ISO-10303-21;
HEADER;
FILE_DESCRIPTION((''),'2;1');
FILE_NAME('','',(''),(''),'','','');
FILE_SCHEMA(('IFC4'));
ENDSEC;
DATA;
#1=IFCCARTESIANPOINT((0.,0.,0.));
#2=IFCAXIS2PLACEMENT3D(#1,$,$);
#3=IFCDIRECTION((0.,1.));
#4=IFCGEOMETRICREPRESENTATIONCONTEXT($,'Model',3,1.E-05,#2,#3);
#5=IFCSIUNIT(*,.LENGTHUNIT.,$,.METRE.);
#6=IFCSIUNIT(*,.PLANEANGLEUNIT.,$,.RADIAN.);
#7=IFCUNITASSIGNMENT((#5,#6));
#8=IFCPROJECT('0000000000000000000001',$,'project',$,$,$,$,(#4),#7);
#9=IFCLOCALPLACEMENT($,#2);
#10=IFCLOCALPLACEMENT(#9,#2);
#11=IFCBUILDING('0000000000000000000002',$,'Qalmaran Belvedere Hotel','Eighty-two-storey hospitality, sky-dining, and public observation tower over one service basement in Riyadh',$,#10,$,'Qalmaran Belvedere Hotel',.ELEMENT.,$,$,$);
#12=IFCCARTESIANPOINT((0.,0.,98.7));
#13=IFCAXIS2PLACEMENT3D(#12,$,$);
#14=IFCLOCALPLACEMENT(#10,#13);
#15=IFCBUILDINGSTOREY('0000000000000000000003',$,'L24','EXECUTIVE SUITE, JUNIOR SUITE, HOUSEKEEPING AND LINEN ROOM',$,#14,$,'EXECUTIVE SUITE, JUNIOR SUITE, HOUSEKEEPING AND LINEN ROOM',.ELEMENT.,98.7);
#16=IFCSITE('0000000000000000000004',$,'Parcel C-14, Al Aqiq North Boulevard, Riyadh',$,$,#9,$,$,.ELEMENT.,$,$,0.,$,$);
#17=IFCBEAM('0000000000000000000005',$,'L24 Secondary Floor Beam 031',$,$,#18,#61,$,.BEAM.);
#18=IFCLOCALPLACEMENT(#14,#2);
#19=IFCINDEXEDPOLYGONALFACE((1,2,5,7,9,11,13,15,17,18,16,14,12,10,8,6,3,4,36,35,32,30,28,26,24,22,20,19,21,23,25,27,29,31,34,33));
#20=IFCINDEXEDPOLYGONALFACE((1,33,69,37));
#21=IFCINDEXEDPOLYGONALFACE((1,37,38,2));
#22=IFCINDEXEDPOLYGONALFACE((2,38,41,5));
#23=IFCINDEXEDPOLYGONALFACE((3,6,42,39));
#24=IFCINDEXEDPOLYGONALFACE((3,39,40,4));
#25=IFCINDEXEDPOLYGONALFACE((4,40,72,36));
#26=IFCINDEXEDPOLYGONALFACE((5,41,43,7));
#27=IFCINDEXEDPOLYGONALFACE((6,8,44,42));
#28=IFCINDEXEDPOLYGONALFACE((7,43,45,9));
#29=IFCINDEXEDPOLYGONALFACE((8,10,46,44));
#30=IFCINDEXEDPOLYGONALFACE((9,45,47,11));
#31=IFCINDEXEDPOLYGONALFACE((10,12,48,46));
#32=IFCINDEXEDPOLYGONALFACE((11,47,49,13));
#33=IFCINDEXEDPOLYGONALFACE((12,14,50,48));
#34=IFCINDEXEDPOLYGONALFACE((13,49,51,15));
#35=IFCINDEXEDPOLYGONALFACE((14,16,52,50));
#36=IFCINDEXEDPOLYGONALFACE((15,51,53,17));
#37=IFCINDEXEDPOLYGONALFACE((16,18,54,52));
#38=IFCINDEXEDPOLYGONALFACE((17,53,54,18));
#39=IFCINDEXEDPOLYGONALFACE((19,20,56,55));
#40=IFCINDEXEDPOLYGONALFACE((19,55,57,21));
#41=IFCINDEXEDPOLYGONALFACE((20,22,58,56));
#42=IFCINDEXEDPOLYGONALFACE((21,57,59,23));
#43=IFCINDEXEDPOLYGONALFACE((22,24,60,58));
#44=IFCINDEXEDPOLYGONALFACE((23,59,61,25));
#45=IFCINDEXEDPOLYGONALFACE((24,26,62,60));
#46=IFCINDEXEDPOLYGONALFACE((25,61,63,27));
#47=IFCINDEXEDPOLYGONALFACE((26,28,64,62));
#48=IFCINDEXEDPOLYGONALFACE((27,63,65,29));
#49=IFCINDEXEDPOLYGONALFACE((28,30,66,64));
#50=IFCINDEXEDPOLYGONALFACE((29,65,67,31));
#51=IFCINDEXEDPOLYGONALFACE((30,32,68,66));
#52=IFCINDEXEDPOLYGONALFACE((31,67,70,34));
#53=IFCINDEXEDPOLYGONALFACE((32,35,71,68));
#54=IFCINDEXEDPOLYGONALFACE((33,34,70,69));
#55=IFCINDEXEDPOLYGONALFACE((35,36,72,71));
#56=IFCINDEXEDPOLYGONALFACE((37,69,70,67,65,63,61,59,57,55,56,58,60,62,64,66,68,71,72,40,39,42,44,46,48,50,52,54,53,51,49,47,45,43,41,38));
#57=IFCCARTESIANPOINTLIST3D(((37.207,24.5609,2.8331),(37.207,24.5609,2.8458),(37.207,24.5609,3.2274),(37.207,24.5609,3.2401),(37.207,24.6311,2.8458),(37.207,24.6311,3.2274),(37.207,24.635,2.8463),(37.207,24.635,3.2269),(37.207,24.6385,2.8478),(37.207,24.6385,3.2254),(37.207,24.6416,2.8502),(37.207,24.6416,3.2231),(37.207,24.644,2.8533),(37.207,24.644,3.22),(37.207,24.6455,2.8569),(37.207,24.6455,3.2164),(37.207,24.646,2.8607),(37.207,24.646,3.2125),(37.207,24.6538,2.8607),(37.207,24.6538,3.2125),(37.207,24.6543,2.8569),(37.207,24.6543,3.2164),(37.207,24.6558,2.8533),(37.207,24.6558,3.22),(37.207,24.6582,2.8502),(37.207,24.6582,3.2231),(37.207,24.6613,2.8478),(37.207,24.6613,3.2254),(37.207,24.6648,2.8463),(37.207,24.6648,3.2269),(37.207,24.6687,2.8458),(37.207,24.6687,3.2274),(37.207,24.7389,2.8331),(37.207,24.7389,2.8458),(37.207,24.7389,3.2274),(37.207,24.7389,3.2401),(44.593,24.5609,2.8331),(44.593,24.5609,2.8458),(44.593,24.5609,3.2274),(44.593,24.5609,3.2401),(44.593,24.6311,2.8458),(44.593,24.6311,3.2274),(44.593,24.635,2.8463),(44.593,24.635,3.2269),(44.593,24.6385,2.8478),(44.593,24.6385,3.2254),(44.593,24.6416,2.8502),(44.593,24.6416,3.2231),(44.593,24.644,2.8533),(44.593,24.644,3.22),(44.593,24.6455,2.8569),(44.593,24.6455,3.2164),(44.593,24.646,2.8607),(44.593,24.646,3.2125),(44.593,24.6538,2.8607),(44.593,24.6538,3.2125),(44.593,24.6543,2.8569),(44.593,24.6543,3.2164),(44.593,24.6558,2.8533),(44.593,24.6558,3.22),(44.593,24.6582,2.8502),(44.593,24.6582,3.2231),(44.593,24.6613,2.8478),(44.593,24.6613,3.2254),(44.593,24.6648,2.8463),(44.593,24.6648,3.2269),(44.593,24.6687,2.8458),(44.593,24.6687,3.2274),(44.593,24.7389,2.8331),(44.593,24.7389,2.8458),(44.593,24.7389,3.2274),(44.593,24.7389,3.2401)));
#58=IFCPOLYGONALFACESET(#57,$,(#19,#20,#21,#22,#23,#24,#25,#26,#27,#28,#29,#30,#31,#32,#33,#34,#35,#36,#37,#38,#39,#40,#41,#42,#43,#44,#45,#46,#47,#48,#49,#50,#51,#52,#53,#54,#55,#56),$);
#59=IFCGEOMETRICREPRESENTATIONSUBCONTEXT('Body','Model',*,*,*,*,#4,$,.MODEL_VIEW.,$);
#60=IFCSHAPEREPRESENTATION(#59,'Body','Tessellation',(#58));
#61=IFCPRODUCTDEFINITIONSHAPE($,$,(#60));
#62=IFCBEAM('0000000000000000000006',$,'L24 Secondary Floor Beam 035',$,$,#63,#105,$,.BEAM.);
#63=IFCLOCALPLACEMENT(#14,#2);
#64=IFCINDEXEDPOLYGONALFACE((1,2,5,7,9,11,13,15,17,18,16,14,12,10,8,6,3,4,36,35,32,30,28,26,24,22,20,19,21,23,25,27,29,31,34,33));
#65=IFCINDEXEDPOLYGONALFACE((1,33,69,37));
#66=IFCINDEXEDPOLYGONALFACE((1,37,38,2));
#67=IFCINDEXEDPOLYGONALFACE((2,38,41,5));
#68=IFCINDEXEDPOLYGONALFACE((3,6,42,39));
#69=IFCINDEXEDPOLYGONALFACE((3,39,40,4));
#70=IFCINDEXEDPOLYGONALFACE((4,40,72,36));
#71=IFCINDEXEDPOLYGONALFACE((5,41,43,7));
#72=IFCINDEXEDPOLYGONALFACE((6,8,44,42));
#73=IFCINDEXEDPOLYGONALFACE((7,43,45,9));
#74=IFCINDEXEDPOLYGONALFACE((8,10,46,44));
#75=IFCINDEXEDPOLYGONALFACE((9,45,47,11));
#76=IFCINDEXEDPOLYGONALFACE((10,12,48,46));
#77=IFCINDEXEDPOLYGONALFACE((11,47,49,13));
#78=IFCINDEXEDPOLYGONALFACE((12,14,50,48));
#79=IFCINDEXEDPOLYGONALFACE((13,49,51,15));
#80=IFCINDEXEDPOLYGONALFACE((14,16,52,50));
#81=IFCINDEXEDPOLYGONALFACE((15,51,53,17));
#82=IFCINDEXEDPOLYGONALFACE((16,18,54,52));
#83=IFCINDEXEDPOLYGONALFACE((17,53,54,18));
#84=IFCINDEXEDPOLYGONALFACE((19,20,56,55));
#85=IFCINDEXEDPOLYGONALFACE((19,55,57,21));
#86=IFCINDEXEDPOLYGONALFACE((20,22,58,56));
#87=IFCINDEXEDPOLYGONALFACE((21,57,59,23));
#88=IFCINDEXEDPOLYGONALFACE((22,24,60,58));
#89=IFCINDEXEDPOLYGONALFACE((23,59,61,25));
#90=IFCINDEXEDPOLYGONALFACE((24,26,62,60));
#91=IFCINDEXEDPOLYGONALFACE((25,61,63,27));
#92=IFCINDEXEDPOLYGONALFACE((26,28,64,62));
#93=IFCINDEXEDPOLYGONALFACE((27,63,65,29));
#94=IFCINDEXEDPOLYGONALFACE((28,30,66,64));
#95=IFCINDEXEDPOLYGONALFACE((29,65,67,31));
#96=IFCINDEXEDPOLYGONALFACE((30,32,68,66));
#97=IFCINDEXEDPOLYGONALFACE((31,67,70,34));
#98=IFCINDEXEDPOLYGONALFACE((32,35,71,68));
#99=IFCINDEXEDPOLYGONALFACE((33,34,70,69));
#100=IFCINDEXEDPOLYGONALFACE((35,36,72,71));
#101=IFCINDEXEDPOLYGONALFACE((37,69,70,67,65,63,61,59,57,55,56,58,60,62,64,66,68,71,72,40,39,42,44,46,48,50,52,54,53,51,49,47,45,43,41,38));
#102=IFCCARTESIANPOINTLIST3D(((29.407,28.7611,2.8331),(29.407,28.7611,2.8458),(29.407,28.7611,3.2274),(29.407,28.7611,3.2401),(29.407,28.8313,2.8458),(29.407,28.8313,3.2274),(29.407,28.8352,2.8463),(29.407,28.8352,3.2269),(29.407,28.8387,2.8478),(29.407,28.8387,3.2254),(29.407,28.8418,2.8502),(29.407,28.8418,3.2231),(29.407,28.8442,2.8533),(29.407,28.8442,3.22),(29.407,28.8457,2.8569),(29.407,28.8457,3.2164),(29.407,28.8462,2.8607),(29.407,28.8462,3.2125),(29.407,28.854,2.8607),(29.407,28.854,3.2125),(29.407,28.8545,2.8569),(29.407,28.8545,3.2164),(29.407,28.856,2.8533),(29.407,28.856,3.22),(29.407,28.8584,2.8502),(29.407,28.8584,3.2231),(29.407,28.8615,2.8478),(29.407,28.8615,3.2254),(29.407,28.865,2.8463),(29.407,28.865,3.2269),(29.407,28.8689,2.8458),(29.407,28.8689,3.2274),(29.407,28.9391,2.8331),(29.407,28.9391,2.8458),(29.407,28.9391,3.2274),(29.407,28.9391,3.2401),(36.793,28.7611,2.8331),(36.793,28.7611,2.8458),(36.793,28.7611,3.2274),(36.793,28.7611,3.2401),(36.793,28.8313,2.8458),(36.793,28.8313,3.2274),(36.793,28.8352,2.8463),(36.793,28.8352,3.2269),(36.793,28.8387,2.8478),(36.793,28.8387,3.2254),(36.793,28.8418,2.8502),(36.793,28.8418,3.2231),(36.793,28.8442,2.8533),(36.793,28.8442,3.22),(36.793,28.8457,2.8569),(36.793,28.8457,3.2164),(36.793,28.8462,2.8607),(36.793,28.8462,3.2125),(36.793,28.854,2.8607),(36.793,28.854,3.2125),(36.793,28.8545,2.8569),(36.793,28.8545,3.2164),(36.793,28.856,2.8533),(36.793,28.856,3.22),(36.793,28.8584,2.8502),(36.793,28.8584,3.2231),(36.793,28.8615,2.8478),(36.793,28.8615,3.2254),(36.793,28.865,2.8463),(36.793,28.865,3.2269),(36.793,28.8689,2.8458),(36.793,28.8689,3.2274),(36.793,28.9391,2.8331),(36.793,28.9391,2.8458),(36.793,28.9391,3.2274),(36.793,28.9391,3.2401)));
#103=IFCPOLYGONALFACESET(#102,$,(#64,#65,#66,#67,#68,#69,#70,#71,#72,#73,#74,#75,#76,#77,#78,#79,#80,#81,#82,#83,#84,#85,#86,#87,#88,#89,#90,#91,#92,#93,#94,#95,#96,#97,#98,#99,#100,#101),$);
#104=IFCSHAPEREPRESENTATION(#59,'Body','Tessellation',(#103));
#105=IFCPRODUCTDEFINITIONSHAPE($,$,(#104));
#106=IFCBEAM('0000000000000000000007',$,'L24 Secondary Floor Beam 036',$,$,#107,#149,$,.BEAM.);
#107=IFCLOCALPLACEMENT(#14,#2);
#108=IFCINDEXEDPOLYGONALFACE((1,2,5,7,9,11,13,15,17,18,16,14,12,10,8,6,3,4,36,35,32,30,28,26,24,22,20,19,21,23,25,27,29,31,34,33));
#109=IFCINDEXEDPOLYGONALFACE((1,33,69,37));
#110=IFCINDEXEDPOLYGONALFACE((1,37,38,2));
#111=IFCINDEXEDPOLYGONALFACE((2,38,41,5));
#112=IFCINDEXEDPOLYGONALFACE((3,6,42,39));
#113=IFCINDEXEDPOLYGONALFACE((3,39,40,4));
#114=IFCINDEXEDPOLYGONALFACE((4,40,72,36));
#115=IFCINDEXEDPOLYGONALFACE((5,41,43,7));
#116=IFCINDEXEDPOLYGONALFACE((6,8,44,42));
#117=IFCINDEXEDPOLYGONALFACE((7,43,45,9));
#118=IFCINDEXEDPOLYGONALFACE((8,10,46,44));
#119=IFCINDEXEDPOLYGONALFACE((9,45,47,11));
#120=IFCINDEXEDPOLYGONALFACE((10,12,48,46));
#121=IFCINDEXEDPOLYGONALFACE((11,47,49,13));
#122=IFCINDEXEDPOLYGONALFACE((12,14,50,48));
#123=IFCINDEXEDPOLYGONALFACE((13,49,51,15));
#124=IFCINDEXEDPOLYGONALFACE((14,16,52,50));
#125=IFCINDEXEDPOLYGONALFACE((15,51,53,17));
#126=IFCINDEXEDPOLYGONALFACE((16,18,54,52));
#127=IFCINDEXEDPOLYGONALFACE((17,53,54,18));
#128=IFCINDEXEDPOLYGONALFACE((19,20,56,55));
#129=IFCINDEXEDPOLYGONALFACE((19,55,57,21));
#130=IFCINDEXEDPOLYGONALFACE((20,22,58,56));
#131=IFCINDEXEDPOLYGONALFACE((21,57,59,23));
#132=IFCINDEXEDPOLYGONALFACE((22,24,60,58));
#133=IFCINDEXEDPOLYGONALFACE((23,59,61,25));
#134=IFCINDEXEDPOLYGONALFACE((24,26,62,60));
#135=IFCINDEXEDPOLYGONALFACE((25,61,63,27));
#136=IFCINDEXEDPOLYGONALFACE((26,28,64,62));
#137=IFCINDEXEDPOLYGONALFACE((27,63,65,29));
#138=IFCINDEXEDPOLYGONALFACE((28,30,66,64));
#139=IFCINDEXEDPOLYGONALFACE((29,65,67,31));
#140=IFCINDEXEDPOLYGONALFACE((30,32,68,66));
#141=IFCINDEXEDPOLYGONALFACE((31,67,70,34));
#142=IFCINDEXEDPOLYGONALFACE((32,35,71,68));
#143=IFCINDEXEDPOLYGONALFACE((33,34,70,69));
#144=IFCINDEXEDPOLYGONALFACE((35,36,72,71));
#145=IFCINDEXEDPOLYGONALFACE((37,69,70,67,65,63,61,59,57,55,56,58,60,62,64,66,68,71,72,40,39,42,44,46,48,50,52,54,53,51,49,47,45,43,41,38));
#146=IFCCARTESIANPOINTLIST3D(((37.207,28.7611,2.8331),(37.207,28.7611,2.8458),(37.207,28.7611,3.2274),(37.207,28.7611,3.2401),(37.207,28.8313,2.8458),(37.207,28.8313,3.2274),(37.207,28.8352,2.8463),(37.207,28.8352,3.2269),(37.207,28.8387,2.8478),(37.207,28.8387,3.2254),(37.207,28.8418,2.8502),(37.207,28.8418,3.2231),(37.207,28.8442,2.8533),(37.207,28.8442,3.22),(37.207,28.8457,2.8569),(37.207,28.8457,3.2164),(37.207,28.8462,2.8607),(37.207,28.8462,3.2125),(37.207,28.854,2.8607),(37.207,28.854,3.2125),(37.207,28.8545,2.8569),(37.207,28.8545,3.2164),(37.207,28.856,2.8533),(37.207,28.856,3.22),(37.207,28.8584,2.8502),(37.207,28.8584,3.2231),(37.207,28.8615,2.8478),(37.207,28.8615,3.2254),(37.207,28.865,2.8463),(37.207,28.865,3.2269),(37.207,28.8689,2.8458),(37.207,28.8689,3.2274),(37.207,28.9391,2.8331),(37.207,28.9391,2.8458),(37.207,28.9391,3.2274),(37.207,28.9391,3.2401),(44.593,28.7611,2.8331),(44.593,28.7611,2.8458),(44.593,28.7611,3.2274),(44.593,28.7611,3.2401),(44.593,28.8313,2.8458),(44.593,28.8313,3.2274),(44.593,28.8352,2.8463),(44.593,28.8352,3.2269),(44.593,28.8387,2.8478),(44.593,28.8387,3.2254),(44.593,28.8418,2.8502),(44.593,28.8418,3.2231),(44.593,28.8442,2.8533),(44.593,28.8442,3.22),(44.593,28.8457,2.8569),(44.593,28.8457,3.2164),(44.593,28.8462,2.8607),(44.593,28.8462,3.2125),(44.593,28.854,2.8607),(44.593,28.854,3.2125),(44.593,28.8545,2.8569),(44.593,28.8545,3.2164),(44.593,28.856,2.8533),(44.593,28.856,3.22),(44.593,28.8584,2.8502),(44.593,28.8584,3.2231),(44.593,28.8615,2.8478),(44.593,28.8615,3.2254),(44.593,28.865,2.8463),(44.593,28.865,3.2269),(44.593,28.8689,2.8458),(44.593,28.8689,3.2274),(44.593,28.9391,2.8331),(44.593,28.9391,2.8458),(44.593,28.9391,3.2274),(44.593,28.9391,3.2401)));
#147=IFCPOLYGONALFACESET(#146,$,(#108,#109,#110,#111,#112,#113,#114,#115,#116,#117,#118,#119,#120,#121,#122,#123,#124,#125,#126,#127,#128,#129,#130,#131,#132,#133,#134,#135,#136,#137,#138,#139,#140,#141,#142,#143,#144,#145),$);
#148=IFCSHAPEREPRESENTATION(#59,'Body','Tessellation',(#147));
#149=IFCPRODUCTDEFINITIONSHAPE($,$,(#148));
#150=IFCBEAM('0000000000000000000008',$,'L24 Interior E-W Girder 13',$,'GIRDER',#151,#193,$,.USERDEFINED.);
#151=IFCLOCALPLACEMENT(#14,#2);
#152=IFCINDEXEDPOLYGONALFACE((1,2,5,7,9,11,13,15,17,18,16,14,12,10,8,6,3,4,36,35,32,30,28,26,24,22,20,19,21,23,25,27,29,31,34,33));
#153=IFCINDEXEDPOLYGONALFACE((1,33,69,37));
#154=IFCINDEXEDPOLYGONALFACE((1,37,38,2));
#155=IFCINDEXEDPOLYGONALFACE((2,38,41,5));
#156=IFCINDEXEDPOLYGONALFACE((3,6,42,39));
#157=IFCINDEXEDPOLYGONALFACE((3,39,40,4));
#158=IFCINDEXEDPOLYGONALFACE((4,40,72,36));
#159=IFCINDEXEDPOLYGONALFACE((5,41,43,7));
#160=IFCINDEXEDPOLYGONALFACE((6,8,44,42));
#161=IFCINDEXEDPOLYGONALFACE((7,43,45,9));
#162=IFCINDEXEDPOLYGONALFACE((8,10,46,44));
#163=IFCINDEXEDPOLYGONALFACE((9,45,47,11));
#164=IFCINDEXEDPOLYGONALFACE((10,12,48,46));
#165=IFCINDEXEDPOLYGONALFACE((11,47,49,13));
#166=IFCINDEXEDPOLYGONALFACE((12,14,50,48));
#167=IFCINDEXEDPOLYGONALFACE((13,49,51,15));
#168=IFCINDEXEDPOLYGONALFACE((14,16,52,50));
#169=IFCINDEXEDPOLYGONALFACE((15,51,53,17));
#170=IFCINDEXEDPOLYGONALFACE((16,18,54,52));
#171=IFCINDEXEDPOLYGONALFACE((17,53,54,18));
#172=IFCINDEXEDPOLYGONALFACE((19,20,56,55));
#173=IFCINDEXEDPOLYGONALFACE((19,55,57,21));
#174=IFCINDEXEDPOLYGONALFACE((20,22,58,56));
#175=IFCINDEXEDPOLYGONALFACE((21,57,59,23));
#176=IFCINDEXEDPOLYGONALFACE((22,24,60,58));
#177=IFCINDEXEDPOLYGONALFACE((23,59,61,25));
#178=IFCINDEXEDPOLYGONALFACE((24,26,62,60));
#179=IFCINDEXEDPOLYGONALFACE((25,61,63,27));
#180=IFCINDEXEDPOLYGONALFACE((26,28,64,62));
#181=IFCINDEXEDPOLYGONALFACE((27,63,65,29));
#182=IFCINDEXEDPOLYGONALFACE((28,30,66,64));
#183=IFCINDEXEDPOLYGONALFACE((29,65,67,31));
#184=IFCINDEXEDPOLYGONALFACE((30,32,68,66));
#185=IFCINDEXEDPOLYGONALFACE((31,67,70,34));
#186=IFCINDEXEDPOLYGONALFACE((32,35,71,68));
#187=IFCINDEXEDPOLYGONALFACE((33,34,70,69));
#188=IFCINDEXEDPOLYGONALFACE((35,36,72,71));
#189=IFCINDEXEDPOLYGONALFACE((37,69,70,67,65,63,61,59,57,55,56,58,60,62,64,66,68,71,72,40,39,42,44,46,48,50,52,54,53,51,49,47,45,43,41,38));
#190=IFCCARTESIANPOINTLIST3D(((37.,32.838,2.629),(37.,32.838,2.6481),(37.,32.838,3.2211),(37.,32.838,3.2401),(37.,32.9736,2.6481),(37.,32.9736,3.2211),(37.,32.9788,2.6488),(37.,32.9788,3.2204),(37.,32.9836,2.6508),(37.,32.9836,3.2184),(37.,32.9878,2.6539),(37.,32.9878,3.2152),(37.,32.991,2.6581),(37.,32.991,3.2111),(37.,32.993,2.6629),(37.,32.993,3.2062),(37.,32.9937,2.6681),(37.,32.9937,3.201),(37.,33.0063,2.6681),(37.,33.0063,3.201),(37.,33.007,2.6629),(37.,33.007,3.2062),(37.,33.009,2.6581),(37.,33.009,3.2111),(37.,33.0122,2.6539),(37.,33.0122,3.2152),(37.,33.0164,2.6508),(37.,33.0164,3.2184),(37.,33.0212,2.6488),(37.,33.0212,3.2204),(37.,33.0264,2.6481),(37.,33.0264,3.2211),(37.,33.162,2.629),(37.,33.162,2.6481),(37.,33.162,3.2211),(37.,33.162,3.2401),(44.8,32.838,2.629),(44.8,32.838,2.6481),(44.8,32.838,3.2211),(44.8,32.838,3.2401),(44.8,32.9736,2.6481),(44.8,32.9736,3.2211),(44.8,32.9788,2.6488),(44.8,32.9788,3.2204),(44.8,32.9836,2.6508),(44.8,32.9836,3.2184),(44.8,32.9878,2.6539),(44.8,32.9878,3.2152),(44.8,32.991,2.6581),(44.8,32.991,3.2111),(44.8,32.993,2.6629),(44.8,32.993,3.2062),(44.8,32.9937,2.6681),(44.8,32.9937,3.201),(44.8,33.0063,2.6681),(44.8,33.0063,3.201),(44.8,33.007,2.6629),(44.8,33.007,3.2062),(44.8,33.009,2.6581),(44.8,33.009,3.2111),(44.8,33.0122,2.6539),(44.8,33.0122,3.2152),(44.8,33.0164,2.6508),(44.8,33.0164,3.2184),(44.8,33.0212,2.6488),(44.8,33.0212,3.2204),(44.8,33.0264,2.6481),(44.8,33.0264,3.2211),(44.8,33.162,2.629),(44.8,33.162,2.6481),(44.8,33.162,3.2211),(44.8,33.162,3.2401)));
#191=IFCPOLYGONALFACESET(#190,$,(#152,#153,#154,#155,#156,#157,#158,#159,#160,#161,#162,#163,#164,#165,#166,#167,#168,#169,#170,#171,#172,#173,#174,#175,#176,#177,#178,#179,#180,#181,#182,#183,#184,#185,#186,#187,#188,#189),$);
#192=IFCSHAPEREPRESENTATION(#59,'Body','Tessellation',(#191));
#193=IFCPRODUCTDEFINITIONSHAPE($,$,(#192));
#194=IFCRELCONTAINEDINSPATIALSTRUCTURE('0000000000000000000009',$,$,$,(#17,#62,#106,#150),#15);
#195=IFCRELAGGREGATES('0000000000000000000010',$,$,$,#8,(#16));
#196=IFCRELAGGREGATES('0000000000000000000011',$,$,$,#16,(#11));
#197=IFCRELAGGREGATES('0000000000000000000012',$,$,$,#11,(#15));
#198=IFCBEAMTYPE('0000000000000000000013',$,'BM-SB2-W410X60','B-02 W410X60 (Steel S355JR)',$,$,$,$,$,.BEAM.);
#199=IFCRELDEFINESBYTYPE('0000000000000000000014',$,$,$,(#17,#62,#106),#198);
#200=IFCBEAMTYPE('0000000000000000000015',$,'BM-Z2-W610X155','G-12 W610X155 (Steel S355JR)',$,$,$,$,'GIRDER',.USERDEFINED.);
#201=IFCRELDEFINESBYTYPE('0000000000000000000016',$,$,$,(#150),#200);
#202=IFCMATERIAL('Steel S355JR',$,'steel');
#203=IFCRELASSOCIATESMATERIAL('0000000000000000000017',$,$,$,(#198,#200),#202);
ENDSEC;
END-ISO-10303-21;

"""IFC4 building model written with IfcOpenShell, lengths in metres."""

from ifc_helpers import new_model, si_unit, direction, frame, origin, origin_2d, place, context, subcontext, project, spatial, i_section, extrude, material, material_profile, profile_set, type_object, element, save


model = new_model("IFC4")

# Units and contexts
model_context = context("Model", 3, precision=1e-05, world=origin(), true_north=direction((0.0, 1.0)))
body_context = subcontext(model_context, "Body", "Model", "MODEL_VIEW")
ifc_project = project(units=[si_unit("LENGTHUNIT", "METRE"), si_unit("PLANEANGLEUNIT", "RADIAN")], contexts=[model_context])

# Site, building, storey
site_placement = place(None, origin())
site = spatial("IfcSite", under=ifc_project, at=site_placement, Name="Parcel C-14, Al Aqiq North Boulevard, Riyadh", CompositionType="ELEMENT", RefElevation=0.0)
building_placement = place(site_placement, origin())
building = spatial("IfcBuilding", under=site, at=building_placement, Name="Qalmaran Belvedere Hotel", Description="Eighty-two-storey hospitality, sky-dining, and public observation tower over one service basement in Riyadh", LongName="Qalmaran Belvedere Hotel", CompositionType="ELEMENT")
storey_placement = place(building_placement, frame((0.0, 0.0, 98.7)))
storey = spatial("IfcBuildingStorey", under=building, at=storey_placement, Name="L24", Description="EXECUTIVE SUITE, JUNIOR SUITE, HOUSEKEEPING AND LINEN ROOM", LongName="EXECUTIVE SUITE, JUNIOR SUITE, HOUSEKEEPING AND LINEN ROOM", CompositionType="ELEMENT", Elevation=98.7)

# Beams
ifc_material_1 = material(Name="Steel S355JR", Category="steel")
ifc_material_profile_1 = material_profile(ifc_material_1, i_section(OverallWidth=0.178, OverallDepth=0.407, WebThickness=0.0078, FlangeThickness=0.0127, FilletRadius=0.0149, at=origin_2d()), Name="W410X60")
ifc_profile_set_1 = profile_set([ifc_material_profile_1], Name="Steel S355JR")
beam_type_1 = type_object("IfcBeamType", Name="BM-SB2-W410X60", Description="B-02 W410X60 (Steel S355JR)", PredefinedType="BEAM", material=ifc_profile_set_1)
for number, where, z_axis, x_axis, name in (
    (1, (37.207, 24.6499, 3.0366), (1.0, 0.0, 0.0), (0.0, 1.0, 0.0), "L24 Secondary Floor Beam 031"),
    (2, (29.407, 28.8501, 3.0366), (1.0, 0.0, 0.0), (0.0, 1.0, 0.0), "L24 Secondary Floor Beam 035"),
    (3, (37.207, 28.8501, 3.0366), (1.0, 0.0, 0.0), (0.0, 1.0, 0.0), "L24 Secondary Floor Beam 036"),
):
    element("IfcBeam", number, at=place(storey_placement, frame(where, z_axis=z_axis, x_axis=x_axis)), inside=storey, type_object=beam_type_1, Name=name, PredefinedType="BEAM", context=body_context, shape_type="SweptSolid", body=[
        extrude(i_section(OverallWidth=0.178, OverallDepth=0.407, WebThickness=0.0078, FlangeThickness=0.0127, FilletRadius=0.0149, at=origin_2d()), origin(), (0.0, 0.0, 1.0), 7.386),
    ])
ifc_material_profile_2 = material_profile(ifc_material_1, i_section(OverallWidth=0.324, OverallDepth=0.6111, WebThickness=0.0127, FlangeThickness=0.019, FilletRadius=0.02, at=origin_2d()), Name="W610X155")
ifc_profile_set_2 = profile_set([ifc_material_profile_2], Name="Steel S355JR")
beam_type_2 = type_object("IfcBeamType", Name="BM-Z2-W610X155", Description="G-12 W610X155 (Steel S355JR)", ElementType="GIRDER", PredefinedType="USERDEFINED", material=ifc_profile_set_2)
beam_1_placement = place(storey_placement, frame((37.0, 33.0, 2.9346), z_axis=(1.0, 0.0, 0.0), x_axis=(0.0, 1.0, 0.0)))
element("IfcBeam", 4, at=beam_1_placement, inside=storey, type_object=beam_type_2, Name="L24 Interior E-W Girder 13", ObjectType="GIRDER", PredefinedType="USERDEFINED", context=body_context, shape_type="SweptSolid", body=[
    extrude(i_section(OverallWidth=0.324, OverallDepth=0.6111, WebThickness=0.0127, FlangeThickness=0.019, FilletRadius=0.02, at=origin_2d()), origin(), (0.0, 0.0, 1.0), 7.8),
])

save(model, "model.ifc")
